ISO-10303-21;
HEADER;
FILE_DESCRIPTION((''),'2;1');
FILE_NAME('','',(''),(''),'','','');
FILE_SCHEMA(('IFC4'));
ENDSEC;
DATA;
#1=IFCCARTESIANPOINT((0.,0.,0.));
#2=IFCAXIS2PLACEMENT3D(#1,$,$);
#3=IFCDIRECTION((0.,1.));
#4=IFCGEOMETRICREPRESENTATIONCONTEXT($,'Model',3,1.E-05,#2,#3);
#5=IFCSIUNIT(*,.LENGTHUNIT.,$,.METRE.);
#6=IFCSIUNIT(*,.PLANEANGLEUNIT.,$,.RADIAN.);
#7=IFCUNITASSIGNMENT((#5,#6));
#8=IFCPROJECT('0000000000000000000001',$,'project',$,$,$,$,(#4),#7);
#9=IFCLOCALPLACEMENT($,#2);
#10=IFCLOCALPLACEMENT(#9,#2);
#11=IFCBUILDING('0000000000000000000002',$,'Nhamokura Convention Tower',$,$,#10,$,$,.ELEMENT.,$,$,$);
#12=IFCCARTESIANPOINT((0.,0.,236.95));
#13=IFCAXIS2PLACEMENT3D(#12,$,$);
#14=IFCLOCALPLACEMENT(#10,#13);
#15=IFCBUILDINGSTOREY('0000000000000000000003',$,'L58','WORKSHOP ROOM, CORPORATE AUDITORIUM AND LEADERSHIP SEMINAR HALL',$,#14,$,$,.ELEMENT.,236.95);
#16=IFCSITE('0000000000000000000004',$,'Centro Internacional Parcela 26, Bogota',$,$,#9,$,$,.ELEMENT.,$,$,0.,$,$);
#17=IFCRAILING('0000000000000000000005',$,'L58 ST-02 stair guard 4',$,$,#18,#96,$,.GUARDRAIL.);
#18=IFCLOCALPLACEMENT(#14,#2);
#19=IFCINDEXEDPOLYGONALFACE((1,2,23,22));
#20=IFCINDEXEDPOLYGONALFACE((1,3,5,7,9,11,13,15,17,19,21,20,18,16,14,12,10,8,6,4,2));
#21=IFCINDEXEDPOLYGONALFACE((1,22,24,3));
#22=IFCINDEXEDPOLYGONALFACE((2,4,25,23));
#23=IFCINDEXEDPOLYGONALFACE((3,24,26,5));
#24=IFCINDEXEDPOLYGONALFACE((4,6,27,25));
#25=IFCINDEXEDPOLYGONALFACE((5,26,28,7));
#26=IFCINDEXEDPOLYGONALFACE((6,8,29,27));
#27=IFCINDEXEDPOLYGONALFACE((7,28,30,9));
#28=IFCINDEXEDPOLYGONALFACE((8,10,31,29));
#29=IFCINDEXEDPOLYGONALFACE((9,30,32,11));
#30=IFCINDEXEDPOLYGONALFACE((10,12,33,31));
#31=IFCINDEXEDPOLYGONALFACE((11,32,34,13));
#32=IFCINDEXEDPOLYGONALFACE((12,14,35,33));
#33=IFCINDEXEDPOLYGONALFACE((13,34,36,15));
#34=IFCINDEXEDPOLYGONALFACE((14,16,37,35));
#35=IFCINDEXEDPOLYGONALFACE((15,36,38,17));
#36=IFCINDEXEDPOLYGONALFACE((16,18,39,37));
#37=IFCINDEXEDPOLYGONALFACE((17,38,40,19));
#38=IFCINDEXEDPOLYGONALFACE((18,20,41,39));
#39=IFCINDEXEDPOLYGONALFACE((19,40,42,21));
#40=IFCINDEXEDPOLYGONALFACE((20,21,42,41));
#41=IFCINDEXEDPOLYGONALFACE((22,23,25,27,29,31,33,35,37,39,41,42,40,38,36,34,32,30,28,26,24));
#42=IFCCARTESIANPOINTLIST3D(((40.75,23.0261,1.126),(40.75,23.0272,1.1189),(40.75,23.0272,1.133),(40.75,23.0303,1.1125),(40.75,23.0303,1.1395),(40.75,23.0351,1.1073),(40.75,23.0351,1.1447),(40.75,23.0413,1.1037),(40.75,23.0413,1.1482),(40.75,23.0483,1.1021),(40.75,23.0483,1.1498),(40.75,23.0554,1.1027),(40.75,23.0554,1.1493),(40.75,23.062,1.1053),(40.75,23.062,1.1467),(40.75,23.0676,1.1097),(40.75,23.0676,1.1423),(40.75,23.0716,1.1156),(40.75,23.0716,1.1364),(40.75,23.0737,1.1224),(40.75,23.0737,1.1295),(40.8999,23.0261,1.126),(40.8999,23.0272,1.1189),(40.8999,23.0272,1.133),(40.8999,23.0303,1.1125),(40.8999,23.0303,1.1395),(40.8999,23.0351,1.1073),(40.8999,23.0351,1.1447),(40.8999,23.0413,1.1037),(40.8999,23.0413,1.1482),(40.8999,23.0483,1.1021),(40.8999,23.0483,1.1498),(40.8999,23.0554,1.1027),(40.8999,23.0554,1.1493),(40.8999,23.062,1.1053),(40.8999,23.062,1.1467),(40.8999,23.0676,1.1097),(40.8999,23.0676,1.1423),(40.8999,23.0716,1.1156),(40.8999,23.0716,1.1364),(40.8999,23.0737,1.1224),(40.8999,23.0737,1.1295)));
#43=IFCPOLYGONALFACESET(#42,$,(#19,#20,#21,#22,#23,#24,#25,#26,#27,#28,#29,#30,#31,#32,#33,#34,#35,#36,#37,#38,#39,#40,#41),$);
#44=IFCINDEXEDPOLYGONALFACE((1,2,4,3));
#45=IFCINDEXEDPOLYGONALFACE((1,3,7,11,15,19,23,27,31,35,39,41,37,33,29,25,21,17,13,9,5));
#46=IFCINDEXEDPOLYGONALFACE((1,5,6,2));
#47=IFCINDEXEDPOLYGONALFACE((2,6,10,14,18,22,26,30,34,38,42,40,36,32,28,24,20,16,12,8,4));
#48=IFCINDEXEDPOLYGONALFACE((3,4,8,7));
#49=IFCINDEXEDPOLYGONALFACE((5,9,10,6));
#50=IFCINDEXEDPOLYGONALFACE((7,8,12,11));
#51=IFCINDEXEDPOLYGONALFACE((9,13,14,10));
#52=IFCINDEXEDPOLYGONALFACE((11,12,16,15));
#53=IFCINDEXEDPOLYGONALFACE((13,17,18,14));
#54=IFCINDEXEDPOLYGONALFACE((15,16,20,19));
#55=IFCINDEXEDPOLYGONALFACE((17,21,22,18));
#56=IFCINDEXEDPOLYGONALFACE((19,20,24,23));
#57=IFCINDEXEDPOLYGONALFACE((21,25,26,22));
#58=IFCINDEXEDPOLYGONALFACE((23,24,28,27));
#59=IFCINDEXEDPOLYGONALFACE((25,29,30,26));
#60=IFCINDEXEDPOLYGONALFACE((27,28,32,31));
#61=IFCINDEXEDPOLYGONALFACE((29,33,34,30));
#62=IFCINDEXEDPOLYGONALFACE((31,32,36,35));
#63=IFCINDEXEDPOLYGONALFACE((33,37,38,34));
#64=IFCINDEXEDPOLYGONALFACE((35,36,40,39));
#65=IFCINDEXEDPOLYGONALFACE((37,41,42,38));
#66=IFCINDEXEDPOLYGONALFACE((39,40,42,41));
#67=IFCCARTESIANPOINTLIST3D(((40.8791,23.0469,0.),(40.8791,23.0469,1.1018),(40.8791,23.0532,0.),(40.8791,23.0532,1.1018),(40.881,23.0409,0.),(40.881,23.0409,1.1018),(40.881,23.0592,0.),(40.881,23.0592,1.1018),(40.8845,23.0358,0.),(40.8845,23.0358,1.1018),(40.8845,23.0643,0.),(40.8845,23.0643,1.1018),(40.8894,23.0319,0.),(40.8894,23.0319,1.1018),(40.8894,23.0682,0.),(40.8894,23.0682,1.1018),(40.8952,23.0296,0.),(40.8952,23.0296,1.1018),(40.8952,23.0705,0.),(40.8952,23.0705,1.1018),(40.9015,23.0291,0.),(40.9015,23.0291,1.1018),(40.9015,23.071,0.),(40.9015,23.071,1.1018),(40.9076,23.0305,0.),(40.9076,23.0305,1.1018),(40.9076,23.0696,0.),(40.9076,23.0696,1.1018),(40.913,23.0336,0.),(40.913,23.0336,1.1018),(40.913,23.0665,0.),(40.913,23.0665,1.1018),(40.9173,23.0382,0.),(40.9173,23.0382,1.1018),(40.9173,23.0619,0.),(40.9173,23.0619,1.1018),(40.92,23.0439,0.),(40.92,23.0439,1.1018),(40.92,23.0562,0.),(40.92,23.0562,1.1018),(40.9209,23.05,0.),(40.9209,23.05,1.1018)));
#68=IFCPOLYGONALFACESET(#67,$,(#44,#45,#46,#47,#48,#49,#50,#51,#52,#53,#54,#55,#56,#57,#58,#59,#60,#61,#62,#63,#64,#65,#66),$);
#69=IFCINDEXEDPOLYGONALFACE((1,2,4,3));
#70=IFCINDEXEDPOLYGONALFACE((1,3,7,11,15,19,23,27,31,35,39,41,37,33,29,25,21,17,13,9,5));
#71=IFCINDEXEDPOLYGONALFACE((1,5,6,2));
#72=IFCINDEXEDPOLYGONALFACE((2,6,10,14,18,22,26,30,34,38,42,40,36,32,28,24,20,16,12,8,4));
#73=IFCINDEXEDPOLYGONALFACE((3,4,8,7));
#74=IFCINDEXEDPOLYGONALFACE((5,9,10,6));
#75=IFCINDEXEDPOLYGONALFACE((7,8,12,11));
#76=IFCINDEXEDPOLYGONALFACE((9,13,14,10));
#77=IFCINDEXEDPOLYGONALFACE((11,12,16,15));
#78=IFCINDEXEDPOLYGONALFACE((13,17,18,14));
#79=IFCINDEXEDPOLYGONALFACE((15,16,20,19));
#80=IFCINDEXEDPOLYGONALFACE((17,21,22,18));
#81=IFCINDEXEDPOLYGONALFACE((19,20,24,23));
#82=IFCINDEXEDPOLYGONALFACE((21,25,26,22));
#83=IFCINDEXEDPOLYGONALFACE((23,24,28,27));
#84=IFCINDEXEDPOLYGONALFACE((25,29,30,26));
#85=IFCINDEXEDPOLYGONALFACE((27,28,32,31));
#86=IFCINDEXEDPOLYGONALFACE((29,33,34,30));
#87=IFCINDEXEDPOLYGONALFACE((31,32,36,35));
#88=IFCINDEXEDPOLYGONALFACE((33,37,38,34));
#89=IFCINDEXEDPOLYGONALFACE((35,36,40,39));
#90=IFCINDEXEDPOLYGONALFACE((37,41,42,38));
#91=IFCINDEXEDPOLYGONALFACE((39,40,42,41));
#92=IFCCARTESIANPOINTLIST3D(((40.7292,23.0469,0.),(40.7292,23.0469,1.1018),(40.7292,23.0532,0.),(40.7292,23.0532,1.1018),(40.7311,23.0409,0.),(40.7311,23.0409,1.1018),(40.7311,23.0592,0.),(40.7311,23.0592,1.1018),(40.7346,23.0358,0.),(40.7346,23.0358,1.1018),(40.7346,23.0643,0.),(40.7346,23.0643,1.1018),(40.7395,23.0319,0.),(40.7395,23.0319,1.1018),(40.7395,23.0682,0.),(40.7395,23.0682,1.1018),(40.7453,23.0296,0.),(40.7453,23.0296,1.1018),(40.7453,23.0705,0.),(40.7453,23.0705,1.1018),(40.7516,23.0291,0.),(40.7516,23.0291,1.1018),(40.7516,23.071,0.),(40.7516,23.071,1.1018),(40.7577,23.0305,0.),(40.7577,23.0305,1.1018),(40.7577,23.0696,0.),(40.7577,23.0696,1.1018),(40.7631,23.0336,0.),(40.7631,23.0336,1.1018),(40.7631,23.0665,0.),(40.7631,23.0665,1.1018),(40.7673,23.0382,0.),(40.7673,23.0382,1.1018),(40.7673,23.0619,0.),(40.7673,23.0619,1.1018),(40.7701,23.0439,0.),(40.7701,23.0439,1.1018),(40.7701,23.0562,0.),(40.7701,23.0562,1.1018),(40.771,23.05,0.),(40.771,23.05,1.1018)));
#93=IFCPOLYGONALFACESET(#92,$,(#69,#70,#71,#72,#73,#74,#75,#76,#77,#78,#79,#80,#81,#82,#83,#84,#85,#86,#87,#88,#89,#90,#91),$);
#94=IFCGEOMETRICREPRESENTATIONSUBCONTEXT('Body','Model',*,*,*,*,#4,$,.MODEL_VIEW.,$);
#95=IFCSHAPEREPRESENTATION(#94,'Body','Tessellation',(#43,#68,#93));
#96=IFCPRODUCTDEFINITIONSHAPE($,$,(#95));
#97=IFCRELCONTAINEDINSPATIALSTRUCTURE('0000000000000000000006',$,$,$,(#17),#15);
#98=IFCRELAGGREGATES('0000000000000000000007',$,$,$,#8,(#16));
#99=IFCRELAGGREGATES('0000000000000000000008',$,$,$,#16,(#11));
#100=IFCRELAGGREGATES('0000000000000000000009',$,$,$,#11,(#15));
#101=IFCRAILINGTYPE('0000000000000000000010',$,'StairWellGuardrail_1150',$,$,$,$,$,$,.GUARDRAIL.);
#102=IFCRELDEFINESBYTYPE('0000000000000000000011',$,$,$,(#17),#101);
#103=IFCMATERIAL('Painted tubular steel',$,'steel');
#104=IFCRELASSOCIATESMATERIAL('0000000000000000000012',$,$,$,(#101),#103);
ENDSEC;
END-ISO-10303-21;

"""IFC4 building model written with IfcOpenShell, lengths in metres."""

from ifc_helpers import new_model, si_unit, direction, frame, origin, origin_2d, place, context, subcontext, project, spatial, circle, extrude, material, type_object, element, save


model = new_model("IFC4")

# Units and contexts
model_context = context("Model", 3, precision=1e-05, world=origin(), true_north=direction((0.0, 1.0)))
body_context = subcontext(model_context, "Body", "Model", "MODEL_VIEW")
ifc_project = project(units=[si_unit("LENGTHUNIT", "METRE"), si_unit("PLANEANGLEUNIT", "RADIAN")], contexts=[model_context])

# Site, building, storey
site_placement = place(None, origin())
site = spatial("IfcSite", under=ifc_project, at=site_placement, Name="Centro Internacional Parcela 26, Bogota", CompositionType="ELEMENT", RefElevation=0.0)
building_placement = place(site_placement, origin())
building = spatial("IfcBuilding", under=site, at=building_placement, Name="Nhamokura Convention Tower", CompositionType="ELEMENT")
storey_placement = place(building_placement, frame((0.0, 0.0, 236.95)))
storey = spatial("IfcBuildingStorey", under=building, at=storey_placement, Name="L58", Description="WORKSHOP ROOM, CORPORATE AUDITORIUM AND LEADERSHIP SEMINAR HALL", CompositionType="ELEMENT", Elevation=236.95)

# Railing
ifc_material_1 = material(Name="Painted tubular steel", Category="steel")
railing_type_1 = type_object("IfcRailingType", Name="StairWellGuardrail_1150", PredefinedType="GUARDRAIL", material=ifc_material_1)
railing_1_placement = place(storey_placement, frame((40.8999, 23.05, 0.0)))
element("IfcRailing", 1, at=railing_1_placement, inside=storey, type_object=railing_type_1, Name="L58 ST-02 stair guard 4", PredefinedType="GUARDRAIL", context=body_context, shape_type="SweptSolid", body=[
    extrude(circle(Radius=0.0239, at=origin_2d()), frame((0.0, 0.0, 1.126), z_axis=(-1.0, 0.0, 0.0), x_axis=(0.0, -1.0, 0.0)), (0.0, 0.0, 1.0), 0.1499),
    extrude(circle(Radius=0.021, at=origin_2d()), origin(), (0.0, 0.0, 1.0), 1.1018),
    extrude(circle(Radius=0.021, at=origin_2d()), frame((-0.1499, 0.0, 0.0)), (0.0, 0.0, 1.0), 1.1018),
])

save(model, "model.ifc")
